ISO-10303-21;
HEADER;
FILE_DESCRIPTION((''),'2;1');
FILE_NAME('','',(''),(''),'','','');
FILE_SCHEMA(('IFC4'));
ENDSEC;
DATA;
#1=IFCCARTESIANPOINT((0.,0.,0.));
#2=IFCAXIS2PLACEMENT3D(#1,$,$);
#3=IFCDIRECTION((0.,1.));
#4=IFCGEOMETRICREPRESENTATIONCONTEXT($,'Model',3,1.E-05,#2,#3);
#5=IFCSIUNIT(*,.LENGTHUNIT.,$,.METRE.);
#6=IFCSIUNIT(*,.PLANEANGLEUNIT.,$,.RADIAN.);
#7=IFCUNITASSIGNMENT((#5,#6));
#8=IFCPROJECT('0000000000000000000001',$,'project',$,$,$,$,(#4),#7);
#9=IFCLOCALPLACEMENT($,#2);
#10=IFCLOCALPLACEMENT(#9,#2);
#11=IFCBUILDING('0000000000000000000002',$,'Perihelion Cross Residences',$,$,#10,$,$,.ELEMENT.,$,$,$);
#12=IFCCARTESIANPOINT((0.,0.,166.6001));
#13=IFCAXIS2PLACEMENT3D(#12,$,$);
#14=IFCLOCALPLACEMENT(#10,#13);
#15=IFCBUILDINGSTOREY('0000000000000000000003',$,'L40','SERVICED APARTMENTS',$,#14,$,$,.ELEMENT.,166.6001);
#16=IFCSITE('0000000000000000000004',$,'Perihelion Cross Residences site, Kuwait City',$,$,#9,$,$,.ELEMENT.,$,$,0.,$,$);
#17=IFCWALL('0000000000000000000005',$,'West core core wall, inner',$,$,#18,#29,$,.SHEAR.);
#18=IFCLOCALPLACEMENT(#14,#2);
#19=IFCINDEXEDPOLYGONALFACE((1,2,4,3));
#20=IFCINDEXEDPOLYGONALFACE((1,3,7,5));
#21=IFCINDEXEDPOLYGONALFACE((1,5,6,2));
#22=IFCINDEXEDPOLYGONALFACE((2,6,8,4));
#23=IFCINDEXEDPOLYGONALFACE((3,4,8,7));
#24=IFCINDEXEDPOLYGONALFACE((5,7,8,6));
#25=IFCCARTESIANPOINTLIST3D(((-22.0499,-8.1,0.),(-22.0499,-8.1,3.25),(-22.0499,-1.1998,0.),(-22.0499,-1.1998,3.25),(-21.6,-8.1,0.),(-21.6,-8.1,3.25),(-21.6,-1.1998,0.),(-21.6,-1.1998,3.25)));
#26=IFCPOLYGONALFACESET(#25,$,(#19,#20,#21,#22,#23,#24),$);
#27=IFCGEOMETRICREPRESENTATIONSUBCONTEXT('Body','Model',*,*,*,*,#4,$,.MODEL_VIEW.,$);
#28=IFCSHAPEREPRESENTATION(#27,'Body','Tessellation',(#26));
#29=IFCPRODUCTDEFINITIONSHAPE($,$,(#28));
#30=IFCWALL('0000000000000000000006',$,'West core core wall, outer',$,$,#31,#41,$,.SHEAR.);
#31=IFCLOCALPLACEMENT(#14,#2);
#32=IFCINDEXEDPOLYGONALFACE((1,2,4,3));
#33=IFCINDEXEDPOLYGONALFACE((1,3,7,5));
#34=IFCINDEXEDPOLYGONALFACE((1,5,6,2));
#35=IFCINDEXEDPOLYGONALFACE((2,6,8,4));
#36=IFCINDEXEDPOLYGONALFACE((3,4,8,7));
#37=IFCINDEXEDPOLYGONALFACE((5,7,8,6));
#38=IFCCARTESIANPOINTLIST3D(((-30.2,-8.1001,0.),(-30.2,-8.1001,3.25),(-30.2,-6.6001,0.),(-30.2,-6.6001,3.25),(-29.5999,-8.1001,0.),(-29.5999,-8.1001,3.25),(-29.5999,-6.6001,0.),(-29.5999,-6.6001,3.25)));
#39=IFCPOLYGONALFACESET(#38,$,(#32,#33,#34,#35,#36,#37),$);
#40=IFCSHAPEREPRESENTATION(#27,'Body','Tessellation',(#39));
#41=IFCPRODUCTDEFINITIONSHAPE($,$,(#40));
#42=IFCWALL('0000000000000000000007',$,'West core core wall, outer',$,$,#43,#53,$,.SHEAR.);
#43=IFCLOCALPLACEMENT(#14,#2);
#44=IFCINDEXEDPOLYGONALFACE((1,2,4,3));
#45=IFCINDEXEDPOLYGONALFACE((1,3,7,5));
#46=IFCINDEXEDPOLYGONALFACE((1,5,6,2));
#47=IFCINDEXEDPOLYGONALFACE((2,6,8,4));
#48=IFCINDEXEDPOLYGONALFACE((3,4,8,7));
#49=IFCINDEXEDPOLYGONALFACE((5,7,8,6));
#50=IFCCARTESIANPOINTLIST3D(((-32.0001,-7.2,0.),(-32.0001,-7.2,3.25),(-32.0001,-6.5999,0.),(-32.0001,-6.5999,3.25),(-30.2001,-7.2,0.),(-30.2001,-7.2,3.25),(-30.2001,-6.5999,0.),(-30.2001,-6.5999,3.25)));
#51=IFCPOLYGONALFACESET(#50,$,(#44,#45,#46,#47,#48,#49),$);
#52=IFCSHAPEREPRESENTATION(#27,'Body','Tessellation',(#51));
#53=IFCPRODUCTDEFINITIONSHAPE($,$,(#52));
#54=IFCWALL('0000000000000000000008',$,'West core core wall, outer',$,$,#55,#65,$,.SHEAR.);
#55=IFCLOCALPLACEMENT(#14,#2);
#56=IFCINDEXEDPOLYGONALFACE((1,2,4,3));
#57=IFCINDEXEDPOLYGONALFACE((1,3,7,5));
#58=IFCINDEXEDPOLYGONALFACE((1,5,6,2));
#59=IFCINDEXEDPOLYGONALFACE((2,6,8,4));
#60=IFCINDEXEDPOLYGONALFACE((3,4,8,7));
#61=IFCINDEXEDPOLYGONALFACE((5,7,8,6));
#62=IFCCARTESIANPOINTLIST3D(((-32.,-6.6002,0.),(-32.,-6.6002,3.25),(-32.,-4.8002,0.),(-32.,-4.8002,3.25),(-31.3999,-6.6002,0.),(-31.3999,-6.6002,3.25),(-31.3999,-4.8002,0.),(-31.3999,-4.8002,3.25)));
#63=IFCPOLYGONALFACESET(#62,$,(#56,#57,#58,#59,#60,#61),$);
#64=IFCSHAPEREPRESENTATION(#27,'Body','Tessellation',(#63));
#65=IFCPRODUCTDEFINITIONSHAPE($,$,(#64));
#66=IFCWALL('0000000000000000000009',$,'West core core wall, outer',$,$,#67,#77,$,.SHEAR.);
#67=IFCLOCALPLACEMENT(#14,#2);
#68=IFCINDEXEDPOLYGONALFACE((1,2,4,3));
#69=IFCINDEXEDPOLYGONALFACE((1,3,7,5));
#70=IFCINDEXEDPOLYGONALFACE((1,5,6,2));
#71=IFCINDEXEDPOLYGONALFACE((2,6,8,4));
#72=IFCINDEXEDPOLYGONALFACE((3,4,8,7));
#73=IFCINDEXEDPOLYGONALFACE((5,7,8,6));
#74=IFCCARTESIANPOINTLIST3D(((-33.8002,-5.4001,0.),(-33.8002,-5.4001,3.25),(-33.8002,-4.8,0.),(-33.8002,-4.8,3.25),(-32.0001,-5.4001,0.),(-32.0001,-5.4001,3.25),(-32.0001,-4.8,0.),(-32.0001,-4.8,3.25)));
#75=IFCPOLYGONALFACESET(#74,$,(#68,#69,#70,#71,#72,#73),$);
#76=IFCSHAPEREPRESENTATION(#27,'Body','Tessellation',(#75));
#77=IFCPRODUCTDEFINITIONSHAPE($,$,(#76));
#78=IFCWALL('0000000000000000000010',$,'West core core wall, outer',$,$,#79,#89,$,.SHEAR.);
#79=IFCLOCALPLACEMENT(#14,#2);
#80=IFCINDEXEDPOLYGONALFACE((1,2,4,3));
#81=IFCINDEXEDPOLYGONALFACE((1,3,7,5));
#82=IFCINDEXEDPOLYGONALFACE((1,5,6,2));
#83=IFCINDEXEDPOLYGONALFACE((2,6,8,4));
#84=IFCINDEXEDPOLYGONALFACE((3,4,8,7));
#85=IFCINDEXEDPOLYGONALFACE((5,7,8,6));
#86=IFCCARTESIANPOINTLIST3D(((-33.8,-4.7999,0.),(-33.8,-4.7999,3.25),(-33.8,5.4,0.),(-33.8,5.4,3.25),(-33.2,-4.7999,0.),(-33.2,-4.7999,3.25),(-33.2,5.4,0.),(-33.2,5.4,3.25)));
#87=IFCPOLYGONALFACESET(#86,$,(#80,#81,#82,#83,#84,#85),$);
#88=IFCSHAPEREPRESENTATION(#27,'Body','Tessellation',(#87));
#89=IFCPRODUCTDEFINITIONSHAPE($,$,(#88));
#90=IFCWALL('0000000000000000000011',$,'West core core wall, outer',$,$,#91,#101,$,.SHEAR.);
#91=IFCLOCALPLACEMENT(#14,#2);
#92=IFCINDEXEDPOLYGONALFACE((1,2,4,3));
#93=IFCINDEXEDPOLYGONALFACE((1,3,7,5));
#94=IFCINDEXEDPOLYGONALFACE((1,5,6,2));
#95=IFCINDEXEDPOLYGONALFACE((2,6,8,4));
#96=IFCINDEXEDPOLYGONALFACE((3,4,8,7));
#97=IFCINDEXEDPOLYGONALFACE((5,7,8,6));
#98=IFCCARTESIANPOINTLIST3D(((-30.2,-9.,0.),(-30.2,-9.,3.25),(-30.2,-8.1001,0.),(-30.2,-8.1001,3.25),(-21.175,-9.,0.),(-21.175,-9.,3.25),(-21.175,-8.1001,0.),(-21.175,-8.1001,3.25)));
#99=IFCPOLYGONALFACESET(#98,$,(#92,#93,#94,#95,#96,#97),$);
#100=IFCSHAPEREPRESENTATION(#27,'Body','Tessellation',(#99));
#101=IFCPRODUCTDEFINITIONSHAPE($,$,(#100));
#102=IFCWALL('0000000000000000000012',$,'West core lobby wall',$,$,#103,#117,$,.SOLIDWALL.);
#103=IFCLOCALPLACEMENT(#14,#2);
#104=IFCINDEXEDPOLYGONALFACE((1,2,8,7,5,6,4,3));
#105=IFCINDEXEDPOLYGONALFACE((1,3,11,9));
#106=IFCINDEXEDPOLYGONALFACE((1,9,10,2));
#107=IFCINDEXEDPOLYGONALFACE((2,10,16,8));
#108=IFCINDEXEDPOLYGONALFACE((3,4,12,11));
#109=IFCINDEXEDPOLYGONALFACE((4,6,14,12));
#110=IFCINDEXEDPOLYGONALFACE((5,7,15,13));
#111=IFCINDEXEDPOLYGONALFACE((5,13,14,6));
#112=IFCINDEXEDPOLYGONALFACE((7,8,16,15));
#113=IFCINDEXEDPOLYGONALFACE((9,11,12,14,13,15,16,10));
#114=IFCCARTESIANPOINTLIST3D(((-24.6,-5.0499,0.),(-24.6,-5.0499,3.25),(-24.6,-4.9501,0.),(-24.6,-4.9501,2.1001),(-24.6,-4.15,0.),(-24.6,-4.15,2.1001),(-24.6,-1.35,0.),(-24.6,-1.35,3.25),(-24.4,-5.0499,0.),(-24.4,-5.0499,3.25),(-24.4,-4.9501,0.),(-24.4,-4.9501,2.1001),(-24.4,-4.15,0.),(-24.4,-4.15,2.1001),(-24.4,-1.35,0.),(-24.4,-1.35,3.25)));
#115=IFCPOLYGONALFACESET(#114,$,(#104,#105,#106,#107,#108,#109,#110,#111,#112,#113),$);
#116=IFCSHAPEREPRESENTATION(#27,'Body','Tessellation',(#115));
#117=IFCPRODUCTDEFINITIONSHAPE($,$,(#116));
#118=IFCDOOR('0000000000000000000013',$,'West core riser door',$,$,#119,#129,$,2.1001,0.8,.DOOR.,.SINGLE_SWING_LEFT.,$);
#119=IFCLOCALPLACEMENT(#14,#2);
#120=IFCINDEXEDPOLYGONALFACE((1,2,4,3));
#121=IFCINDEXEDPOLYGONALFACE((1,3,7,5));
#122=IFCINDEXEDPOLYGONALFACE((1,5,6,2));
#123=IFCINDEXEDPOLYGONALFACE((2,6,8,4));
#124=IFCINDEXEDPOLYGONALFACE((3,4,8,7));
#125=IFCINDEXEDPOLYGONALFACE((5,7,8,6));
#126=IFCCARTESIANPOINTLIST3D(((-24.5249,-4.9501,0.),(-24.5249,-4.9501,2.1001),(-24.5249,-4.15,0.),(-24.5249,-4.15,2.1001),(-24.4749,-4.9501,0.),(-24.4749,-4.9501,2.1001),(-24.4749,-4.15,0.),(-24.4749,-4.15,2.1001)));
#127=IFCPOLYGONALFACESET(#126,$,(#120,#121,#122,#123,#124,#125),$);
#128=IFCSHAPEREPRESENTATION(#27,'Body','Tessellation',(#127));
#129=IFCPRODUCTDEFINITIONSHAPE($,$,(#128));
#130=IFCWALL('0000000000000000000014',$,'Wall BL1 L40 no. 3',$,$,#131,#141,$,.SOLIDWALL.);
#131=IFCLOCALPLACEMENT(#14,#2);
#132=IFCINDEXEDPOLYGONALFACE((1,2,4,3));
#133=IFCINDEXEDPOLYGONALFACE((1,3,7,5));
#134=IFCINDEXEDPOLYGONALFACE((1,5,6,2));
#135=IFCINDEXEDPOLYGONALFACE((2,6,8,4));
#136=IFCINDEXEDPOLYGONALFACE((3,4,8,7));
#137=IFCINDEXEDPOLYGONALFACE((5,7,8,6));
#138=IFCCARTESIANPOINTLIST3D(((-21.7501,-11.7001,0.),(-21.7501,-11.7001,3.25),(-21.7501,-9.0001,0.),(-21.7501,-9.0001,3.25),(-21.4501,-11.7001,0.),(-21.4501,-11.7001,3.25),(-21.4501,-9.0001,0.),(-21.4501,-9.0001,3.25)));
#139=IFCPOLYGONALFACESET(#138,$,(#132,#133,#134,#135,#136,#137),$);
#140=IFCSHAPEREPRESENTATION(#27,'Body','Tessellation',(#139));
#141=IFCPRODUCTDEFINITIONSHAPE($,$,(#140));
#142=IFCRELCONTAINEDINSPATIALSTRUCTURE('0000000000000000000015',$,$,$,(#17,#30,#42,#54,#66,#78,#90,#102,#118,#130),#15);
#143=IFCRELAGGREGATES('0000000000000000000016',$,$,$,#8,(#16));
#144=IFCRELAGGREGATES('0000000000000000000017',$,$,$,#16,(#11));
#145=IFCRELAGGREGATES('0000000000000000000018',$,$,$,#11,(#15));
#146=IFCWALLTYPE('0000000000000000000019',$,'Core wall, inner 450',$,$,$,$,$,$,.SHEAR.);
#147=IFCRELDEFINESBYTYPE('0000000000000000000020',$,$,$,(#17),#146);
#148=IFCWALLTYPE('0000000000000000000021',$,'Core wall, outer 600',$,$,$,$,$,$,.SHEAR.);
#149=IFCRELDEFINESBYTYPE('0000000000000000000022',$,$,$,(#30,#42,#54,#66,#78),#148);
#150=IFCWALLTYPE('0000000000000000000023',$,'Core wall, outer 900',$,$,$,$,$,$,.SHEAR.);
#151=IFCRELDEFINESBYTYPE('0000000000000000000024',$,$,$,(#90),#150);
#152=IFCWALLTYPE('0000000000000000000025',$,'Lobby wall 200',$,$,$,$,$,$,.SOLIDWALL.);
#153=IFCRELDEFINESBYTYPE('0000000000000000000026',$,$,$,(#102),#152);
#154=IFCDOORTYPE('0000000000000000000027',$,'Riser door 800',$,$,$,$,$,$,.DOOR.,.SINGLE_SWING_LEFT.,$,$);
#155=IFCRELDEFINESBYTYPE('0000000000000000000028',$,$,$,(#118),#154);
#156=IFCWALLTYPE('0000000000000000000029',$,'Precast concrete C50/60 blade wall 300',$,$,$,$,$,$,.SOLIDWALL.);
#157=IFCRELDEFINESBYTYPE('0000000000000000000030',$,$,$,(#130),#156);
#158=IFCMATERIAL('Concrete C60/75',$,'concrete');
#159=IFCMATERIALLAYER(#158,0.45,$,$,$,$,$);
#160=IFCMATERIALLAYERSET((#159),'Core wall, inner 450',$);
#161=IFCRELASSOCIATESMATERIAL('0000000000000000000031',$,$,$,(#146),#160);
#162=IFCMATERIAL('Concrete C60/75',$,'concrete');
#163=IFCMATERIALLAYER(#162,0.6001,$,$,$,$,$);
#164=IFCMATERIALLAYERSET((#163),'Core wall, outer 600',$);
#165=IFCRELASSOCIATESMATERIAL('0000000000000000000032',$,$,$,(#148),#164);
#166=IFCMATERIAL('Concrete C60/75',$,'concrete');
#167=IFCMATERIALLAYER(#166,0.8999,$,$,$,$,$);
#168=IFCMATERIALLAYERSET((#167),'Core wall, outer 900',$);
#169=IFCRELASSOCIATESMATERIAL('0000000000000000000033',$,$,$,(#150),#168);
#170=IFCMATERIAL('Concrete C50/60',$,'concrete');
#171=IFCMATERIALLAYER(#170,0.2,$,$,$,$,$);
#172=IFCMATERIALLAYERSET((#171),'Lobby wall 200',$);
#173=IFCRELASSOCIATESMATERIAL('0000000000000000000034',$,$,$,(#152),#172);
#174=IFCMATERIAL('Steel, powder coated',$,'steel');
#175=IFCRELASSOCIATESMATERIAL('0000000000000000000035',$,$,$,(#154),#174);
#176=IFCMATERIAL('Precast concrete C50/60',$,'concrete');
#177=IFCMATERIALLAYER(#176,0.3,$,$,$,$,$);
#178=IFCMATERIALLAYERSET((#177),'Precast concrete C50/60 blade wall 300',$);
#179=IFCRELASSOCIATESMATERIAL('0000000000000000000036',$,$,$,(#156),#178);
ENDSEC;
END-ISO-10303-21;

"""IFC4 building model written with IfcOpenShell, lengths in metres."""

from ifc_helpers import new_model, si_unit, direction, frame, frame_2d, origin, place, context, subcontext, project, spatial, rectangle, extrude, material, layer, layer_set, type_object, element, fill, save


model = new_model("IFC4")

# Units and contexts
model_context = context("Model", 3, precision=1e-05, world=origin(), true_north=direction((0.0, 1.0)))
body_context = subcontext(model_context, "Body", "Model", "MODEL_VIEW")
ifc_project = project(units=[si_unit("LENGTHUNIT", "METRE"), si_unit("PLANEANGLEUNIT", "RADIAN")], contexts=[model_context])

# Site, building, storey
site_placement = place(None, origin())
site = spatial("IfcSite", under=ifc_project, at=site_placement, Name="Perihelion Cross Residences site, Kuwait City", CompositionType="ELEMENT", RefElevation=0.0)
building_placement = place(site_placement, origin())
building = spatial("IfcBuilding", under=site, at=building_placement, Name="Perihelion Cross Residences", CompositionType="ELEMENT")
storey_placement = place(building_placement, frame((0.0, 0.0, 166.6001)))
storey = spatial("IfcBuildingStorey", under=building, at=storey_placement, Name="L40", Description="SERVICED APARTMENTS", CompositionType="ELEMENT", Elevation=166.6001)

# Walls
ifc_material_1 = material(Name="Concrete C60/75", Category="concrete")
ifc_layer_1 = layer(ifc_material_1, 0.45)
ifc_layer_set_1 = layer_set([ifc_layer_1], Name="Core wall, inner 450")
wall_type_1 = type_object("IfcWallType", Name="Core wall, inner 450", PredefinedType="SHEAR", material=ifc_layer_set_1)
wall_1_placement = place(storey_placement, frame((-21.825, -8.1001, 0.0), z_axis=(0.0, 0.0, 1.0), x_axis=(0.0, 1.0, 0.0)))
element("IfcWall", 1, at=wall_1_placement, inside=storey, type_object=wall_type_1, Name="West core core wall, inner", PredefinedType="SHEAR", context=body_context, shape_type="SweptSolid", body=[
    extrude(rectangle(XDim=6.9001, YDim=0.45, at=frame_2d((3.4502, 0.0))), origin(), (0.0, 0.0, 1.0), 3.25),
])
ifc_material_2 = material(Name="Concrete C60/75", Category="concrete")
ifc_layer_2 = layer(ifc_material_2, 0.6001)
ifc_layer_set_2 = layer_set([ifc_layer_2], Name="Core wall, outer 600")
wall_type_2 = type_object("IfcWallType", Name="Core wall, outer 600", PredefinedType="SHEAR", material=ifc_layer_set_2)
wall_2_placement = place(storey_placement, frame((-29.8999, -8.1001, 0.0), z_axis=(0.0, 0.0, 1.0), x_axis=(0.0, 1.0, 0.0)))
element("IfcWall", 2, at=wall_2_placement, inside=storey, type_object=wall_type_2, Name="West core core wall, outer", PredefinedType="SHEAR", context=body_context, shape_type="SweptSolid", body=[
    extrude(rectangle(XDim=1.5, YDim=0.6001, at=frame_2d((0.75, 0.0))), origin(), (0.0, 0.0, 1.0), 3.25),
])
for number, where, z_axis, x_axis, name in (
    (3, (-32.0, -6.8999, 0.0), (0.0, 0.0, 1.0), (1.0, 0.0, 0.0), "West core core wall, outer"),
    (4, (-31.7, -6.6001, 0.0), (0.0, 0.0, 1.0), (0.0, 1.0, 0.0), "West core core wall, outer"),
    (5, (-33.8, -5.1001, 0.0), (0.0, 0.0, 1.0), (1.0, 0.0, 0.0), "West core core wall, outer"),
):
    element("IfcWall", number, at=place(storey_placement, frame(where, z_axis=z_axis, x_axis=x_axis)), inside=storey, type_object=wall_type_2, Name=name, PredefinedType="SHEAR", context=body_context, shape_type="SweptSolid", body=[
        extrude(rectangle(XDim=1.8, YDim=0.6001, at=frame_2d((0.8999, 0.0))), origin(), (0.0, 0.0, 1.0), 3.25),
    ])
wall_3_placement = place(storey_placement, frame((-33.5, -4.8, 0.0), z_axis=(0.0, 0.0, 1.0), x_axis=(0.0, 1.0, 0.0)))
element("IfcWall", 6, at=wall_3_placement, inside=storey, type_object=wall_type_2, Name="West core core wall, outer", PredefinedType="SHEAR", context=body_context, shape_type="SweptSolid", body=[
    extrude(rectangle(XDim=10.2, YDim=0.6001, at=frame_2d((5.1001, 0.0))), origin(), (0.0, 0.0, 1.0), 3.25),
])
ifc_material_3 = material(Name="Concrete C60/75", Category="concrete")
ifc_layer_3 = layer(ifc_material_3, 0.8999)
ifc_layer_set_3 = layer_set([ifc_layer_3], Name="Core wall, outer 900")
wall_type_3 = type_object("IfcWallType", Name="Core wall, outer 900", PredefinedType="SHEAR", material=ifc_layer_set_3)
wall_4_placement = place(storey_placement, frame((-30.2, -8.55, 0.0), z_axis=(0.0, 0.0, 1.0), x_axis=(1.0, 0.0, 0.0)))
element("IfcWall", 7, at=wall_4_placement, inside=storey, type_object=wall_type_3, Name="West core core wall, outer", PredefinedType="SHEAR", context=body_context, shape_type="SweptSolid", body=[
    extrude(rectangle(XDim=9.0249, YDim=0.8999, at=frame_2d((4.5125, 0.0))), origin(), (0.0, 0.0, 1.0), 3.25),
])

# Wall, opening, door
ifc_material_4 = material(Name="Concrete C50/60", Category="concrete")
ifc_layer_4 = layer(ifc_material_4, 0.2)
ifc_layer_set_4 = layer_set([ifc_layer_4], Name="Lobby wall 200")
wall_type_4 = type_object("IfcWallType", Name="Lobby wall 200", PredefinedType="SOLIDWALL", material=ifc_layer_set_4)
wall_5_placement = place(storey_placement, frame((-24.5, -5.05, 0.0), z_axis=(0.0, 0.0, 1.0), x_axis=(0.0, 1.0, 0.0)))
wall_5 = element("IfcWall", 8, at=wall_5_placement, inside=storey, type_object=wall_type_4, Name="West core lobby wall", PredefinedType="SOLIDWALL", context=body_context, shape_type="SweptSolid", body=[
    extrude(rectangle(XDim=3.7, YDim=0.2, at=frame_2d((1.8501, 0.0))), origin(), (0.0, 0.0, 1.0), 3.25),
])
opening_1_placement = place(wall_5_placement, frame((0.1001, 0.0, 0.0)))
opening_1 = element("IfcOpeningElement", 9, at=opening_1_placement, cuts=wall_5, PredefinedType="OPENING", context=body_context, shape_type="SweptSolid", body=[
    extrude(rectangle(XDim=0.8, YDim=2.1001, at=frame_2d((0.3999, 1.05))), frame((0.0, 0.1099, 0.0), z_axis=(0.0, -1.0, 0.0), x_axis=(1.0, 0.0, 0.0)), (0.0, 0.0, 1.0), 0.22),
])
ifc_material_5 = material(Name="Steel, powder coated", Category="steel")
door_type_1 = type_object("IfcDoorType", Name="Riser door 800", OperationType="SINGLE_SWING_LEFT", PredefinedType="DOOR", material=ifc_material_5)
door_1_placement = place(opening_1_placement, origin())
door_1 = element("IfcDoor", 10, at=door_1_placement, inside=storey, type_object=door_type_1, Name="West core riser door", OperationType="SINGLE_SWING_LEFT", OverallHeight=2.1001, OverallWidth=0.8, PredefinedType="DOOR", context=body_context, shape_type="SweptSolid", body=[
    extrude(rectangle(XDim=0.8, YDim=2.1001, at=frame_2d((0.3999, 1.05))), frame((0.0, 0.0249, 0.0), z_axis=(0.0, -1.0, 0.0), x_axis=(1.0, 0.0, 0.0)), (0.0, 0.0, 1.0), 0.05),
])
fill(opening_1, door_1)

# Wall
ifc_material_6 = material(Name="Precast concrete C50/60", Category="concrete")
ifc_layer_5 = layer(ifc_material_6, 0.3)
ifc_layer_set_5 = layer_set([ifc_layer_5], Name="Precast concrete C50/60 blade wall 300")
wall_type_5 = type_object("IfcWallType", Name="Precast concrete C50/60 blade wall 300", PredefinedType="SOLIDWALL", material=ifc_layer_set_5)
wall_6_placement = place(storey_placement, frame((-21.6001, -9.0, 0.0), z_axis=(0.0, 0.0, 1.0), x_axis=(0.0, -1.0, 0.0)))
element("IfcWall", 11, at=wall_6_placement, inside=storey, type_object=wall_type_5, Name="Wall BL1 L40 no. 3", PredefinedType="SOLIDWALL", context=body_context, shape_type="SweptSolid", body=[
    extrude(rectangle(XDim=2.7, YDim=0.3, at=frame_2d((1.3501, 0.0))), origin(), (0.0, 0.0, 1.0), 3.25),
])

save(model, "model.ifc")
